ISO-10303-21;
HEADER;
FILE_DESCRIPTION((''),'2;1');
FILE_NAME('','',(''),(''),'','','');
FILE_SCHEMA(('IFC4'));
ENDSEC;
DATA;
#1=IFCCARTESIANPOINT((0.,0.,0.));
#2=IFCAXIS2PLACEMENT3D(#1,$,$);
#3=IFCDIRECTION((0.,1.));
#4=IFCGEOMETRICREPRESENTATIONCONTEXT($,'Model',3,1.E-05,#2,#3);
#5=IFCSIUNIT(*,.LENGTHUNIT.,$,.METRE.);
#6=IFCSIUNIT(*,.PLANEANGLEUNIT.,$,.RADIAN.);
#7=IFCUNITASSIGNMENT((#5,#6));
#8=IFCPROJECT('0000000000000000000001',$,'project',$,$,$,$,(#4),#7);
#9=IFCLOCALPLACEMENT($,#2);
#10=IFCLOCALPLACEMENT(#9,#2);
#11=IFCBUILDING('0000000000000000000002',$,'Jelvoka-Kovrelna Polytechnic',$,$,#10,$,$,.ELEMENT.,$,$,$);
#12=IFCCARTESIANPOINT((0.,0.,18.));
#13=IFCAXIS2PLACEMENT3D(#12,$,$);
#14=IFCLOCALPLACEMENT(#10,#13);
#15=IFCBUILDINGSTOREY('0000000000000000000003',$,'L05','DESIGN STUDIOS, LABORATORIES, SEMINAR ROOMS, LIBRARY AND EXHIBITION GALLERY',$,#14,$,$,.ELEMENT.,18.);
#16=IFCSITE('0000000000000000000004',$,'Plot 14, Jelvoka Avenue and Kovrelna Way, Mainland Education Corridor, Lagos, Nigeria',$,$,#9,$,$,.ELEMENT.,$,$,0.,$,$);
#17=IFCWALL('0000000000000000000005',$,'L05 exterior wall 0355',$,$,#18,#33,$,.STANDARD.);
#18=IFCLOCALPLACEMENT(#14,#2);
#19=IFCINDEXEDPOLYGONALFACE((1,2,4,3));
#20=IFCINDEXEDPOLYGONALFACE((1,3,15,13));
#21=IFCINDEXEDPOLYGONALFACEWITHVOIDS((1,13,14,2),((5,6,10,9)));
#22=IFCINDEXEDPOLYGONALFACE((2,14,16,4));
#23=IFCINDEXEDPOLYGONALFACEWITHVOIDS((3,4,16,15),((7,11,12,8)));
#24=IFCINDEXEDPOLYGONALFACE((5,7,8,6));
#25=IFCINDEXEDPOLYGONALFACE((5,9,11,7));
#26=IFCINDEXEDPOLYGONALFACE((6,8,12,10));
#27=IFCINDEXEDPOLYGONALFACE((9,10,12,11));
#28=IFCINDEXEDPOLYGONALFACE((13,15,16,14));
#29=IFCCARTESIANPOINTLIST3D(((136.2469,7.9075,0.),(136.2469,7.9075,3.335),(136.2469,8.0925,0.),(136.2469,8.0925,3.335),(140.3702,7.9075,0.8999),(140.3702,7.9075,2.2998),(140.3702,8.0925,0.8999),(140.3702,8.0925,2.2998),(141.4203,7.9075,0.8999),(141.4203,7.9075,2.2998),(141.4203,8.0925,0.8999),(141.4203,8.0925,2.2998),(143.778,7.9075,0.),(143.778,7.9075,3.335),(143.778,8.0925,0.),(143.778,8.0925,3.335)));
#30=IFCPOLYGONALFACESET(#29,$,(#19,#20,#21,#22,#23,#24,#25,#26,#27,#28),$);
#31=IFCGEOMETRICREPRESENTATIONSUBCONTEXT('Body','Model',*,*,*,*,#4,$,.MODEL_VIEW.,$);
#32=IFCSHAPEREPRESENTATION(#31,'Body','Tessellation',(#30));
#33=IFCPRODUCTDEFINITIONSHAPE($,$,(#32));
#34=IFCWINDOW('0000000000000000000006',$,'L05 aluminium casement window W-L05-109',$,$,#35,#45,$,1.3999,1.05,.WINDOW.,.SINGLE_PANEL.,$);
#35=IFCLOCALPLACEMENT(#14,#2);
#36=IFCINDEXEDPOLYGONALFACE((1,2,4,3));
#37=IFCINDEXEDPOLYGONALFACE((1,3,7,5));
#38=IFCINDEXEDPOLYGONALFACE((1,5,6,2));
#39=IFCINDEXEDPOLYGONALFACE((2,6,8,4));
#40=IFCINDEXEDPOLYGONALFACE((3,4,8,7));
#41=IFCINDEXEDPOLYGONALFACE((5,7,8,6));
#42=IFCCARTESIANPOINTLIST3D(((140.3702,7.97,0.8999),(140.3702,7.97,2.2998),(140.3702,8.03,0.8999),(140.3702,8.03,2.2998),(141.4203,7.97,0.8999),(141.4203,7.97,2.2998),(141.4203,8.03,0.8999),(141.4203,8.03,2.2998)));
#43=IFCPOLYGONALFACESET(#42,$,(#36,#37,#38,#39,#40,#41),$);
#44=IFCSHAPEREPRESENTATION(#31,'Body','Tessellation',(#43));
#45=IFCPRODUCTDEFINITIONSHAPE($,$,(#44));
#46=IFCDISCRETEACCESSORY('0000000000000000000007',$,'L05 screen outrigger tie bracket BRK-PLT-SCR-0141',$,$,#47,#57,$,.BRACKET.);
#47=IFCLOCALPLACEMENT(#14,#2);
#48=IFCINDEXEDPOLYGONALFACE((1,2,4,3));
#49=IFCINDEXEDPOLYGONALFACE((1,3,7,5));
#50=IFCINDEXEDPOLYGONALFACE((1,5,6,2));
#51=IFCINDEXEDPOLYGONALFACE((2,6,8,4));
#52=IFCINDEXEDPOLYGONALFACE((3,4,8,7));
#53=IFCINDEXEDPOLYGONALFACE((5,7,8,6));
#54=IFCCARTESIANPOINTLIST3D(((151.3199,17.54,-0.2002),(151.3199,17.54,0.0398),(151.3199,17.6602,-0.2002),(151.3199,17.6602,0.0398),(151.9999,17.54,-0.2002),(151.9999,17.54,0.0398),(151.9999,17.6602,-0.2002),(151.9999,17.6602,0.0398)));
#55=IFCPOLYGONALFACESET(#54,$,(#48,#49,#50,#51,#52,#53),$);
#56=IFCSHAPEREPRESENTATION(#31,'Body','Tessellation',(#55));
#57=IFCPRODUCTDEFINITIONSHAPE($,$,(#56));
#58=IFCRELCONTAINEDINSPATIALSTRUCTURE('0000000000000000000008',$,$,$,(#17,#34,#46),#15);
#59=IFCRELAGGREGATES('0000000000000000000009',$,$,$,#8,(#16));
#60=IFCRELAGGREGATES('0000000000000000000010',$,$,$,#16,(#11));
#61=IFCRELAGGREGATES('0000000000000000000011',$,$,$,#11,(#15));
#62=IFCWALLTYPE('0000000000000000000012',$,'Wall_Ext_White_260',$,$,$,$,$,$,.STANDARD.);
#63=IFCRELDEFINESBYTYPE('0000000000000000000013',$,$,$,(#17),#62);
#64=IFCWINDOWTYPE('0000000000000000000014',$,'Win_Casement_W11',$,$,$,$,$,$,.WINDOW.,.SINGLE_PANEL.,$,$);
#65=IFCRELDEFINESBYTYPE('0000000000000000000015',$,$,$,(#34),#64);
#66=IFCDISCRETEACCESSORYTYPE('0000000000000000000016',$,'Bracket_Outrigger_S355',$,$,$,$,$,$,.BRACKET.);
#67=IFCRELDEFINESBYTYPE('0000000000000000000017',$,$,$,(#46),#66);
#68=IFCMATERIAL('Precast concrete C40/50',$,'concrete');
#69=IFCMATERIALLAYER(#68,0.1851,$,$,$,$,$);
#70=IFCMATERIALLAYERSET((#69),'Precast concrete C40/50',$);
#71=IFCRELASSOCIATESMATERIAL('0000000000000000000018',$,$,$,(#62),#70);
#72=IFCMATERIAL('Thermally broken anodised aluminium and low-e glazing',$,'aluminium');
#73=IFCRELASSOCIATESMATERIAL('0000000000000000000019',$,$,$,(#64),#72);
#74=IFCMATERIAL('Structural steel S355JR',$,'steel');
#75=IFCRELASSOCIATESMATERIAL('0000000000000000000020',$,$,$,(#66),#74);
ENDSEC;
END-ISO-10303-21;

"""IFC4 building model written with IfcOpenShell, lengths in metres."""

from ifc_helpers import new_model, si_unit, direction, frame, frame_2d, origin, origin_2d, place, context, subcontext, project, spatial, rectangle, extrude, material, layer, layer_set, type_object, element, fill, save


model = new_model("IFC4")

# Units and contexts
model_context = context("Model", 3, precision=1e-05, world=origin(), true_north=direction((0.0, 1.0)))
body_context = subcontext(model_context, "Body", "Model", "MODEL_VIEW")
ifc_project = project(units=[si_unit("LENGTHUNIT", "METRE"), si_unit("PLANEANGLEUNIT", "RADIAN")], contexts=[model_context])

# Site, building, storey
site_placement = place(None, origin())
site = spatial("IfcSite", under=ifc_project, at=site_placement, Name="Plot 14, Jelvoka Avenue and Kovrelna Way, Mainland Education Corridor, Lagos, Nigeria", CompositionType="ELEMENT", RefElevation=0.0)
building_placement = place(site_placement, origin())
building = spatial("IfcBuilding", under=site, at=building_placement, Name="Jelvoka-Kovrelna Polytechnic", CompositionType="ELEMENT")
storey_placement = place(building_placement, frame((0.0, 0.0, 18.0)))
storey = spatial("IfcBuildingStorey", under=building, at=storey_placement, Name="L05", Description="DESIGN STUDIOS, LABORATORIES, SEMINAR ROOMS, LIBRARY AND EXHIBITION GALLERY", CompositionType="ELEMENT", Elevation=18.0)

# Wall, opening, window
ifc_material_1 = material(Name="Precast concrete C40/50", Category="concrete")
ifc_layer_1 = layer(ifc_material_1, 0.1851)
ifc_layer_set_1 = layer_set([ifc_layer_1], Name="Precast concrete C40/50")
wall_type = type_object("IfcWallType", Name="Wall_Ext_White_260", PredefinedType="STANDARD", material=ifc_layer_set_1)
wall_placement = place(storey_placement, frame((143.7781, 8.0, 0.0), z_axis=(0.0, 0.0, 1.0), x_axis=(-1.0, 0.0, 0.0)))
wall = element("IfcWall", 1, at=wall_placement, inside=storey, type_object=wall_type, Name="L05 exterior wall 0355", PredefinedType="STANDARD", context=body_context, shape_type="SweptSolid", body=[
    extrude(rectangle(XDim=7.531, YDim=0.1851, at=frame_2d((3.7656, 0.0))), origin(), (0.0, 0.0, 1.0), 3.335),
])
opening_placement = place(wall_placement, frame((2.3579, 0.0, 0.8999)))
opening = element("IfcOpeningElement", 2, at=opening_placement, cuts=wall, PredefinedType="OPENING", context=body_context, shape_type="SweptSolid", body=[
    extrude(rectangle(XDim=1.05, YDim=1.3999, at=frame_2d((0.5249, 0.7))), frame((0.0, 0.1025, 0.0), z_axis=(0.0, -1.0, 0.0), x_axis=(1.0, 0.0, 0.0)), (0.0, 0.0, 1.0), 0.2051),
])
ifc_material_2 = material(Name="Thermally broken anodised aluminium and low-e glazing", Category="aluminium")
window_type = type_object("IfcWindowType", Name="Win_Casement_W11", PartitioningType="SINGLE_PANEL", PredefinedType="WINDOW", material=ifc_material_2)
window_placement = place(opening_placement, origin())
window = element("IfcWindow", 3, at=window_placement, inside=storey, type_object=window_type, Name="L05 aluminium casement window W-L05-109", OverallHeight=1.3999, OverallWidth=1.05, PartitioningType="SINGLE_PANEL", PredefinedType="WINDOW", context=body_context, shape_type="SweptSolid", body=[
    extrude(rectangle(XDim=1.05, YDim=1.3999, at=frame_2d((0.5249, 0.7))), frame((0.0, 0.03, 0.0), z_axis=(0.0, -1.0, 0.0), x_axis=(1.0, 0.0, 0.0)), (0.0, 0.0, 1.0), 0.0601),
])
fill(opening, window)

# Discrete accessory
ifc_material_3 = material(Name="Structural steel S355JR", Category="steel")
discrete_accessory_type = type_object("IfcDiscreteAccessoryType", Name="Bracket_Outrigger_S355", PredefinedType="BRACKET", material=ifc_material_3)
discrete_accessory_placement = place(storey_placement, frame((151.6599, 17.6001, -0.2002), z_axis=(0.0, 0.0, 1.0), x_axis=(1.0, 0.0, 0.0)))
element("IfcDiscreteAccessory", 4, at=discrete_accessory_placement, inside=storey, type_object=discrete_accessory_type, Name="L05 screen outrigger tie bracket BRK-PLT-SCR-0141", PredefinedType="BRACKET", context=body_context, shape_type="SweptSolid", body=[
    extrude(rectangle(XDim=0.6799, YDim=0.1201, at=origin_2d()), origin(), (0.0, 0.0, 1.0), 0.24),
])

save(model, "model.ifc")
